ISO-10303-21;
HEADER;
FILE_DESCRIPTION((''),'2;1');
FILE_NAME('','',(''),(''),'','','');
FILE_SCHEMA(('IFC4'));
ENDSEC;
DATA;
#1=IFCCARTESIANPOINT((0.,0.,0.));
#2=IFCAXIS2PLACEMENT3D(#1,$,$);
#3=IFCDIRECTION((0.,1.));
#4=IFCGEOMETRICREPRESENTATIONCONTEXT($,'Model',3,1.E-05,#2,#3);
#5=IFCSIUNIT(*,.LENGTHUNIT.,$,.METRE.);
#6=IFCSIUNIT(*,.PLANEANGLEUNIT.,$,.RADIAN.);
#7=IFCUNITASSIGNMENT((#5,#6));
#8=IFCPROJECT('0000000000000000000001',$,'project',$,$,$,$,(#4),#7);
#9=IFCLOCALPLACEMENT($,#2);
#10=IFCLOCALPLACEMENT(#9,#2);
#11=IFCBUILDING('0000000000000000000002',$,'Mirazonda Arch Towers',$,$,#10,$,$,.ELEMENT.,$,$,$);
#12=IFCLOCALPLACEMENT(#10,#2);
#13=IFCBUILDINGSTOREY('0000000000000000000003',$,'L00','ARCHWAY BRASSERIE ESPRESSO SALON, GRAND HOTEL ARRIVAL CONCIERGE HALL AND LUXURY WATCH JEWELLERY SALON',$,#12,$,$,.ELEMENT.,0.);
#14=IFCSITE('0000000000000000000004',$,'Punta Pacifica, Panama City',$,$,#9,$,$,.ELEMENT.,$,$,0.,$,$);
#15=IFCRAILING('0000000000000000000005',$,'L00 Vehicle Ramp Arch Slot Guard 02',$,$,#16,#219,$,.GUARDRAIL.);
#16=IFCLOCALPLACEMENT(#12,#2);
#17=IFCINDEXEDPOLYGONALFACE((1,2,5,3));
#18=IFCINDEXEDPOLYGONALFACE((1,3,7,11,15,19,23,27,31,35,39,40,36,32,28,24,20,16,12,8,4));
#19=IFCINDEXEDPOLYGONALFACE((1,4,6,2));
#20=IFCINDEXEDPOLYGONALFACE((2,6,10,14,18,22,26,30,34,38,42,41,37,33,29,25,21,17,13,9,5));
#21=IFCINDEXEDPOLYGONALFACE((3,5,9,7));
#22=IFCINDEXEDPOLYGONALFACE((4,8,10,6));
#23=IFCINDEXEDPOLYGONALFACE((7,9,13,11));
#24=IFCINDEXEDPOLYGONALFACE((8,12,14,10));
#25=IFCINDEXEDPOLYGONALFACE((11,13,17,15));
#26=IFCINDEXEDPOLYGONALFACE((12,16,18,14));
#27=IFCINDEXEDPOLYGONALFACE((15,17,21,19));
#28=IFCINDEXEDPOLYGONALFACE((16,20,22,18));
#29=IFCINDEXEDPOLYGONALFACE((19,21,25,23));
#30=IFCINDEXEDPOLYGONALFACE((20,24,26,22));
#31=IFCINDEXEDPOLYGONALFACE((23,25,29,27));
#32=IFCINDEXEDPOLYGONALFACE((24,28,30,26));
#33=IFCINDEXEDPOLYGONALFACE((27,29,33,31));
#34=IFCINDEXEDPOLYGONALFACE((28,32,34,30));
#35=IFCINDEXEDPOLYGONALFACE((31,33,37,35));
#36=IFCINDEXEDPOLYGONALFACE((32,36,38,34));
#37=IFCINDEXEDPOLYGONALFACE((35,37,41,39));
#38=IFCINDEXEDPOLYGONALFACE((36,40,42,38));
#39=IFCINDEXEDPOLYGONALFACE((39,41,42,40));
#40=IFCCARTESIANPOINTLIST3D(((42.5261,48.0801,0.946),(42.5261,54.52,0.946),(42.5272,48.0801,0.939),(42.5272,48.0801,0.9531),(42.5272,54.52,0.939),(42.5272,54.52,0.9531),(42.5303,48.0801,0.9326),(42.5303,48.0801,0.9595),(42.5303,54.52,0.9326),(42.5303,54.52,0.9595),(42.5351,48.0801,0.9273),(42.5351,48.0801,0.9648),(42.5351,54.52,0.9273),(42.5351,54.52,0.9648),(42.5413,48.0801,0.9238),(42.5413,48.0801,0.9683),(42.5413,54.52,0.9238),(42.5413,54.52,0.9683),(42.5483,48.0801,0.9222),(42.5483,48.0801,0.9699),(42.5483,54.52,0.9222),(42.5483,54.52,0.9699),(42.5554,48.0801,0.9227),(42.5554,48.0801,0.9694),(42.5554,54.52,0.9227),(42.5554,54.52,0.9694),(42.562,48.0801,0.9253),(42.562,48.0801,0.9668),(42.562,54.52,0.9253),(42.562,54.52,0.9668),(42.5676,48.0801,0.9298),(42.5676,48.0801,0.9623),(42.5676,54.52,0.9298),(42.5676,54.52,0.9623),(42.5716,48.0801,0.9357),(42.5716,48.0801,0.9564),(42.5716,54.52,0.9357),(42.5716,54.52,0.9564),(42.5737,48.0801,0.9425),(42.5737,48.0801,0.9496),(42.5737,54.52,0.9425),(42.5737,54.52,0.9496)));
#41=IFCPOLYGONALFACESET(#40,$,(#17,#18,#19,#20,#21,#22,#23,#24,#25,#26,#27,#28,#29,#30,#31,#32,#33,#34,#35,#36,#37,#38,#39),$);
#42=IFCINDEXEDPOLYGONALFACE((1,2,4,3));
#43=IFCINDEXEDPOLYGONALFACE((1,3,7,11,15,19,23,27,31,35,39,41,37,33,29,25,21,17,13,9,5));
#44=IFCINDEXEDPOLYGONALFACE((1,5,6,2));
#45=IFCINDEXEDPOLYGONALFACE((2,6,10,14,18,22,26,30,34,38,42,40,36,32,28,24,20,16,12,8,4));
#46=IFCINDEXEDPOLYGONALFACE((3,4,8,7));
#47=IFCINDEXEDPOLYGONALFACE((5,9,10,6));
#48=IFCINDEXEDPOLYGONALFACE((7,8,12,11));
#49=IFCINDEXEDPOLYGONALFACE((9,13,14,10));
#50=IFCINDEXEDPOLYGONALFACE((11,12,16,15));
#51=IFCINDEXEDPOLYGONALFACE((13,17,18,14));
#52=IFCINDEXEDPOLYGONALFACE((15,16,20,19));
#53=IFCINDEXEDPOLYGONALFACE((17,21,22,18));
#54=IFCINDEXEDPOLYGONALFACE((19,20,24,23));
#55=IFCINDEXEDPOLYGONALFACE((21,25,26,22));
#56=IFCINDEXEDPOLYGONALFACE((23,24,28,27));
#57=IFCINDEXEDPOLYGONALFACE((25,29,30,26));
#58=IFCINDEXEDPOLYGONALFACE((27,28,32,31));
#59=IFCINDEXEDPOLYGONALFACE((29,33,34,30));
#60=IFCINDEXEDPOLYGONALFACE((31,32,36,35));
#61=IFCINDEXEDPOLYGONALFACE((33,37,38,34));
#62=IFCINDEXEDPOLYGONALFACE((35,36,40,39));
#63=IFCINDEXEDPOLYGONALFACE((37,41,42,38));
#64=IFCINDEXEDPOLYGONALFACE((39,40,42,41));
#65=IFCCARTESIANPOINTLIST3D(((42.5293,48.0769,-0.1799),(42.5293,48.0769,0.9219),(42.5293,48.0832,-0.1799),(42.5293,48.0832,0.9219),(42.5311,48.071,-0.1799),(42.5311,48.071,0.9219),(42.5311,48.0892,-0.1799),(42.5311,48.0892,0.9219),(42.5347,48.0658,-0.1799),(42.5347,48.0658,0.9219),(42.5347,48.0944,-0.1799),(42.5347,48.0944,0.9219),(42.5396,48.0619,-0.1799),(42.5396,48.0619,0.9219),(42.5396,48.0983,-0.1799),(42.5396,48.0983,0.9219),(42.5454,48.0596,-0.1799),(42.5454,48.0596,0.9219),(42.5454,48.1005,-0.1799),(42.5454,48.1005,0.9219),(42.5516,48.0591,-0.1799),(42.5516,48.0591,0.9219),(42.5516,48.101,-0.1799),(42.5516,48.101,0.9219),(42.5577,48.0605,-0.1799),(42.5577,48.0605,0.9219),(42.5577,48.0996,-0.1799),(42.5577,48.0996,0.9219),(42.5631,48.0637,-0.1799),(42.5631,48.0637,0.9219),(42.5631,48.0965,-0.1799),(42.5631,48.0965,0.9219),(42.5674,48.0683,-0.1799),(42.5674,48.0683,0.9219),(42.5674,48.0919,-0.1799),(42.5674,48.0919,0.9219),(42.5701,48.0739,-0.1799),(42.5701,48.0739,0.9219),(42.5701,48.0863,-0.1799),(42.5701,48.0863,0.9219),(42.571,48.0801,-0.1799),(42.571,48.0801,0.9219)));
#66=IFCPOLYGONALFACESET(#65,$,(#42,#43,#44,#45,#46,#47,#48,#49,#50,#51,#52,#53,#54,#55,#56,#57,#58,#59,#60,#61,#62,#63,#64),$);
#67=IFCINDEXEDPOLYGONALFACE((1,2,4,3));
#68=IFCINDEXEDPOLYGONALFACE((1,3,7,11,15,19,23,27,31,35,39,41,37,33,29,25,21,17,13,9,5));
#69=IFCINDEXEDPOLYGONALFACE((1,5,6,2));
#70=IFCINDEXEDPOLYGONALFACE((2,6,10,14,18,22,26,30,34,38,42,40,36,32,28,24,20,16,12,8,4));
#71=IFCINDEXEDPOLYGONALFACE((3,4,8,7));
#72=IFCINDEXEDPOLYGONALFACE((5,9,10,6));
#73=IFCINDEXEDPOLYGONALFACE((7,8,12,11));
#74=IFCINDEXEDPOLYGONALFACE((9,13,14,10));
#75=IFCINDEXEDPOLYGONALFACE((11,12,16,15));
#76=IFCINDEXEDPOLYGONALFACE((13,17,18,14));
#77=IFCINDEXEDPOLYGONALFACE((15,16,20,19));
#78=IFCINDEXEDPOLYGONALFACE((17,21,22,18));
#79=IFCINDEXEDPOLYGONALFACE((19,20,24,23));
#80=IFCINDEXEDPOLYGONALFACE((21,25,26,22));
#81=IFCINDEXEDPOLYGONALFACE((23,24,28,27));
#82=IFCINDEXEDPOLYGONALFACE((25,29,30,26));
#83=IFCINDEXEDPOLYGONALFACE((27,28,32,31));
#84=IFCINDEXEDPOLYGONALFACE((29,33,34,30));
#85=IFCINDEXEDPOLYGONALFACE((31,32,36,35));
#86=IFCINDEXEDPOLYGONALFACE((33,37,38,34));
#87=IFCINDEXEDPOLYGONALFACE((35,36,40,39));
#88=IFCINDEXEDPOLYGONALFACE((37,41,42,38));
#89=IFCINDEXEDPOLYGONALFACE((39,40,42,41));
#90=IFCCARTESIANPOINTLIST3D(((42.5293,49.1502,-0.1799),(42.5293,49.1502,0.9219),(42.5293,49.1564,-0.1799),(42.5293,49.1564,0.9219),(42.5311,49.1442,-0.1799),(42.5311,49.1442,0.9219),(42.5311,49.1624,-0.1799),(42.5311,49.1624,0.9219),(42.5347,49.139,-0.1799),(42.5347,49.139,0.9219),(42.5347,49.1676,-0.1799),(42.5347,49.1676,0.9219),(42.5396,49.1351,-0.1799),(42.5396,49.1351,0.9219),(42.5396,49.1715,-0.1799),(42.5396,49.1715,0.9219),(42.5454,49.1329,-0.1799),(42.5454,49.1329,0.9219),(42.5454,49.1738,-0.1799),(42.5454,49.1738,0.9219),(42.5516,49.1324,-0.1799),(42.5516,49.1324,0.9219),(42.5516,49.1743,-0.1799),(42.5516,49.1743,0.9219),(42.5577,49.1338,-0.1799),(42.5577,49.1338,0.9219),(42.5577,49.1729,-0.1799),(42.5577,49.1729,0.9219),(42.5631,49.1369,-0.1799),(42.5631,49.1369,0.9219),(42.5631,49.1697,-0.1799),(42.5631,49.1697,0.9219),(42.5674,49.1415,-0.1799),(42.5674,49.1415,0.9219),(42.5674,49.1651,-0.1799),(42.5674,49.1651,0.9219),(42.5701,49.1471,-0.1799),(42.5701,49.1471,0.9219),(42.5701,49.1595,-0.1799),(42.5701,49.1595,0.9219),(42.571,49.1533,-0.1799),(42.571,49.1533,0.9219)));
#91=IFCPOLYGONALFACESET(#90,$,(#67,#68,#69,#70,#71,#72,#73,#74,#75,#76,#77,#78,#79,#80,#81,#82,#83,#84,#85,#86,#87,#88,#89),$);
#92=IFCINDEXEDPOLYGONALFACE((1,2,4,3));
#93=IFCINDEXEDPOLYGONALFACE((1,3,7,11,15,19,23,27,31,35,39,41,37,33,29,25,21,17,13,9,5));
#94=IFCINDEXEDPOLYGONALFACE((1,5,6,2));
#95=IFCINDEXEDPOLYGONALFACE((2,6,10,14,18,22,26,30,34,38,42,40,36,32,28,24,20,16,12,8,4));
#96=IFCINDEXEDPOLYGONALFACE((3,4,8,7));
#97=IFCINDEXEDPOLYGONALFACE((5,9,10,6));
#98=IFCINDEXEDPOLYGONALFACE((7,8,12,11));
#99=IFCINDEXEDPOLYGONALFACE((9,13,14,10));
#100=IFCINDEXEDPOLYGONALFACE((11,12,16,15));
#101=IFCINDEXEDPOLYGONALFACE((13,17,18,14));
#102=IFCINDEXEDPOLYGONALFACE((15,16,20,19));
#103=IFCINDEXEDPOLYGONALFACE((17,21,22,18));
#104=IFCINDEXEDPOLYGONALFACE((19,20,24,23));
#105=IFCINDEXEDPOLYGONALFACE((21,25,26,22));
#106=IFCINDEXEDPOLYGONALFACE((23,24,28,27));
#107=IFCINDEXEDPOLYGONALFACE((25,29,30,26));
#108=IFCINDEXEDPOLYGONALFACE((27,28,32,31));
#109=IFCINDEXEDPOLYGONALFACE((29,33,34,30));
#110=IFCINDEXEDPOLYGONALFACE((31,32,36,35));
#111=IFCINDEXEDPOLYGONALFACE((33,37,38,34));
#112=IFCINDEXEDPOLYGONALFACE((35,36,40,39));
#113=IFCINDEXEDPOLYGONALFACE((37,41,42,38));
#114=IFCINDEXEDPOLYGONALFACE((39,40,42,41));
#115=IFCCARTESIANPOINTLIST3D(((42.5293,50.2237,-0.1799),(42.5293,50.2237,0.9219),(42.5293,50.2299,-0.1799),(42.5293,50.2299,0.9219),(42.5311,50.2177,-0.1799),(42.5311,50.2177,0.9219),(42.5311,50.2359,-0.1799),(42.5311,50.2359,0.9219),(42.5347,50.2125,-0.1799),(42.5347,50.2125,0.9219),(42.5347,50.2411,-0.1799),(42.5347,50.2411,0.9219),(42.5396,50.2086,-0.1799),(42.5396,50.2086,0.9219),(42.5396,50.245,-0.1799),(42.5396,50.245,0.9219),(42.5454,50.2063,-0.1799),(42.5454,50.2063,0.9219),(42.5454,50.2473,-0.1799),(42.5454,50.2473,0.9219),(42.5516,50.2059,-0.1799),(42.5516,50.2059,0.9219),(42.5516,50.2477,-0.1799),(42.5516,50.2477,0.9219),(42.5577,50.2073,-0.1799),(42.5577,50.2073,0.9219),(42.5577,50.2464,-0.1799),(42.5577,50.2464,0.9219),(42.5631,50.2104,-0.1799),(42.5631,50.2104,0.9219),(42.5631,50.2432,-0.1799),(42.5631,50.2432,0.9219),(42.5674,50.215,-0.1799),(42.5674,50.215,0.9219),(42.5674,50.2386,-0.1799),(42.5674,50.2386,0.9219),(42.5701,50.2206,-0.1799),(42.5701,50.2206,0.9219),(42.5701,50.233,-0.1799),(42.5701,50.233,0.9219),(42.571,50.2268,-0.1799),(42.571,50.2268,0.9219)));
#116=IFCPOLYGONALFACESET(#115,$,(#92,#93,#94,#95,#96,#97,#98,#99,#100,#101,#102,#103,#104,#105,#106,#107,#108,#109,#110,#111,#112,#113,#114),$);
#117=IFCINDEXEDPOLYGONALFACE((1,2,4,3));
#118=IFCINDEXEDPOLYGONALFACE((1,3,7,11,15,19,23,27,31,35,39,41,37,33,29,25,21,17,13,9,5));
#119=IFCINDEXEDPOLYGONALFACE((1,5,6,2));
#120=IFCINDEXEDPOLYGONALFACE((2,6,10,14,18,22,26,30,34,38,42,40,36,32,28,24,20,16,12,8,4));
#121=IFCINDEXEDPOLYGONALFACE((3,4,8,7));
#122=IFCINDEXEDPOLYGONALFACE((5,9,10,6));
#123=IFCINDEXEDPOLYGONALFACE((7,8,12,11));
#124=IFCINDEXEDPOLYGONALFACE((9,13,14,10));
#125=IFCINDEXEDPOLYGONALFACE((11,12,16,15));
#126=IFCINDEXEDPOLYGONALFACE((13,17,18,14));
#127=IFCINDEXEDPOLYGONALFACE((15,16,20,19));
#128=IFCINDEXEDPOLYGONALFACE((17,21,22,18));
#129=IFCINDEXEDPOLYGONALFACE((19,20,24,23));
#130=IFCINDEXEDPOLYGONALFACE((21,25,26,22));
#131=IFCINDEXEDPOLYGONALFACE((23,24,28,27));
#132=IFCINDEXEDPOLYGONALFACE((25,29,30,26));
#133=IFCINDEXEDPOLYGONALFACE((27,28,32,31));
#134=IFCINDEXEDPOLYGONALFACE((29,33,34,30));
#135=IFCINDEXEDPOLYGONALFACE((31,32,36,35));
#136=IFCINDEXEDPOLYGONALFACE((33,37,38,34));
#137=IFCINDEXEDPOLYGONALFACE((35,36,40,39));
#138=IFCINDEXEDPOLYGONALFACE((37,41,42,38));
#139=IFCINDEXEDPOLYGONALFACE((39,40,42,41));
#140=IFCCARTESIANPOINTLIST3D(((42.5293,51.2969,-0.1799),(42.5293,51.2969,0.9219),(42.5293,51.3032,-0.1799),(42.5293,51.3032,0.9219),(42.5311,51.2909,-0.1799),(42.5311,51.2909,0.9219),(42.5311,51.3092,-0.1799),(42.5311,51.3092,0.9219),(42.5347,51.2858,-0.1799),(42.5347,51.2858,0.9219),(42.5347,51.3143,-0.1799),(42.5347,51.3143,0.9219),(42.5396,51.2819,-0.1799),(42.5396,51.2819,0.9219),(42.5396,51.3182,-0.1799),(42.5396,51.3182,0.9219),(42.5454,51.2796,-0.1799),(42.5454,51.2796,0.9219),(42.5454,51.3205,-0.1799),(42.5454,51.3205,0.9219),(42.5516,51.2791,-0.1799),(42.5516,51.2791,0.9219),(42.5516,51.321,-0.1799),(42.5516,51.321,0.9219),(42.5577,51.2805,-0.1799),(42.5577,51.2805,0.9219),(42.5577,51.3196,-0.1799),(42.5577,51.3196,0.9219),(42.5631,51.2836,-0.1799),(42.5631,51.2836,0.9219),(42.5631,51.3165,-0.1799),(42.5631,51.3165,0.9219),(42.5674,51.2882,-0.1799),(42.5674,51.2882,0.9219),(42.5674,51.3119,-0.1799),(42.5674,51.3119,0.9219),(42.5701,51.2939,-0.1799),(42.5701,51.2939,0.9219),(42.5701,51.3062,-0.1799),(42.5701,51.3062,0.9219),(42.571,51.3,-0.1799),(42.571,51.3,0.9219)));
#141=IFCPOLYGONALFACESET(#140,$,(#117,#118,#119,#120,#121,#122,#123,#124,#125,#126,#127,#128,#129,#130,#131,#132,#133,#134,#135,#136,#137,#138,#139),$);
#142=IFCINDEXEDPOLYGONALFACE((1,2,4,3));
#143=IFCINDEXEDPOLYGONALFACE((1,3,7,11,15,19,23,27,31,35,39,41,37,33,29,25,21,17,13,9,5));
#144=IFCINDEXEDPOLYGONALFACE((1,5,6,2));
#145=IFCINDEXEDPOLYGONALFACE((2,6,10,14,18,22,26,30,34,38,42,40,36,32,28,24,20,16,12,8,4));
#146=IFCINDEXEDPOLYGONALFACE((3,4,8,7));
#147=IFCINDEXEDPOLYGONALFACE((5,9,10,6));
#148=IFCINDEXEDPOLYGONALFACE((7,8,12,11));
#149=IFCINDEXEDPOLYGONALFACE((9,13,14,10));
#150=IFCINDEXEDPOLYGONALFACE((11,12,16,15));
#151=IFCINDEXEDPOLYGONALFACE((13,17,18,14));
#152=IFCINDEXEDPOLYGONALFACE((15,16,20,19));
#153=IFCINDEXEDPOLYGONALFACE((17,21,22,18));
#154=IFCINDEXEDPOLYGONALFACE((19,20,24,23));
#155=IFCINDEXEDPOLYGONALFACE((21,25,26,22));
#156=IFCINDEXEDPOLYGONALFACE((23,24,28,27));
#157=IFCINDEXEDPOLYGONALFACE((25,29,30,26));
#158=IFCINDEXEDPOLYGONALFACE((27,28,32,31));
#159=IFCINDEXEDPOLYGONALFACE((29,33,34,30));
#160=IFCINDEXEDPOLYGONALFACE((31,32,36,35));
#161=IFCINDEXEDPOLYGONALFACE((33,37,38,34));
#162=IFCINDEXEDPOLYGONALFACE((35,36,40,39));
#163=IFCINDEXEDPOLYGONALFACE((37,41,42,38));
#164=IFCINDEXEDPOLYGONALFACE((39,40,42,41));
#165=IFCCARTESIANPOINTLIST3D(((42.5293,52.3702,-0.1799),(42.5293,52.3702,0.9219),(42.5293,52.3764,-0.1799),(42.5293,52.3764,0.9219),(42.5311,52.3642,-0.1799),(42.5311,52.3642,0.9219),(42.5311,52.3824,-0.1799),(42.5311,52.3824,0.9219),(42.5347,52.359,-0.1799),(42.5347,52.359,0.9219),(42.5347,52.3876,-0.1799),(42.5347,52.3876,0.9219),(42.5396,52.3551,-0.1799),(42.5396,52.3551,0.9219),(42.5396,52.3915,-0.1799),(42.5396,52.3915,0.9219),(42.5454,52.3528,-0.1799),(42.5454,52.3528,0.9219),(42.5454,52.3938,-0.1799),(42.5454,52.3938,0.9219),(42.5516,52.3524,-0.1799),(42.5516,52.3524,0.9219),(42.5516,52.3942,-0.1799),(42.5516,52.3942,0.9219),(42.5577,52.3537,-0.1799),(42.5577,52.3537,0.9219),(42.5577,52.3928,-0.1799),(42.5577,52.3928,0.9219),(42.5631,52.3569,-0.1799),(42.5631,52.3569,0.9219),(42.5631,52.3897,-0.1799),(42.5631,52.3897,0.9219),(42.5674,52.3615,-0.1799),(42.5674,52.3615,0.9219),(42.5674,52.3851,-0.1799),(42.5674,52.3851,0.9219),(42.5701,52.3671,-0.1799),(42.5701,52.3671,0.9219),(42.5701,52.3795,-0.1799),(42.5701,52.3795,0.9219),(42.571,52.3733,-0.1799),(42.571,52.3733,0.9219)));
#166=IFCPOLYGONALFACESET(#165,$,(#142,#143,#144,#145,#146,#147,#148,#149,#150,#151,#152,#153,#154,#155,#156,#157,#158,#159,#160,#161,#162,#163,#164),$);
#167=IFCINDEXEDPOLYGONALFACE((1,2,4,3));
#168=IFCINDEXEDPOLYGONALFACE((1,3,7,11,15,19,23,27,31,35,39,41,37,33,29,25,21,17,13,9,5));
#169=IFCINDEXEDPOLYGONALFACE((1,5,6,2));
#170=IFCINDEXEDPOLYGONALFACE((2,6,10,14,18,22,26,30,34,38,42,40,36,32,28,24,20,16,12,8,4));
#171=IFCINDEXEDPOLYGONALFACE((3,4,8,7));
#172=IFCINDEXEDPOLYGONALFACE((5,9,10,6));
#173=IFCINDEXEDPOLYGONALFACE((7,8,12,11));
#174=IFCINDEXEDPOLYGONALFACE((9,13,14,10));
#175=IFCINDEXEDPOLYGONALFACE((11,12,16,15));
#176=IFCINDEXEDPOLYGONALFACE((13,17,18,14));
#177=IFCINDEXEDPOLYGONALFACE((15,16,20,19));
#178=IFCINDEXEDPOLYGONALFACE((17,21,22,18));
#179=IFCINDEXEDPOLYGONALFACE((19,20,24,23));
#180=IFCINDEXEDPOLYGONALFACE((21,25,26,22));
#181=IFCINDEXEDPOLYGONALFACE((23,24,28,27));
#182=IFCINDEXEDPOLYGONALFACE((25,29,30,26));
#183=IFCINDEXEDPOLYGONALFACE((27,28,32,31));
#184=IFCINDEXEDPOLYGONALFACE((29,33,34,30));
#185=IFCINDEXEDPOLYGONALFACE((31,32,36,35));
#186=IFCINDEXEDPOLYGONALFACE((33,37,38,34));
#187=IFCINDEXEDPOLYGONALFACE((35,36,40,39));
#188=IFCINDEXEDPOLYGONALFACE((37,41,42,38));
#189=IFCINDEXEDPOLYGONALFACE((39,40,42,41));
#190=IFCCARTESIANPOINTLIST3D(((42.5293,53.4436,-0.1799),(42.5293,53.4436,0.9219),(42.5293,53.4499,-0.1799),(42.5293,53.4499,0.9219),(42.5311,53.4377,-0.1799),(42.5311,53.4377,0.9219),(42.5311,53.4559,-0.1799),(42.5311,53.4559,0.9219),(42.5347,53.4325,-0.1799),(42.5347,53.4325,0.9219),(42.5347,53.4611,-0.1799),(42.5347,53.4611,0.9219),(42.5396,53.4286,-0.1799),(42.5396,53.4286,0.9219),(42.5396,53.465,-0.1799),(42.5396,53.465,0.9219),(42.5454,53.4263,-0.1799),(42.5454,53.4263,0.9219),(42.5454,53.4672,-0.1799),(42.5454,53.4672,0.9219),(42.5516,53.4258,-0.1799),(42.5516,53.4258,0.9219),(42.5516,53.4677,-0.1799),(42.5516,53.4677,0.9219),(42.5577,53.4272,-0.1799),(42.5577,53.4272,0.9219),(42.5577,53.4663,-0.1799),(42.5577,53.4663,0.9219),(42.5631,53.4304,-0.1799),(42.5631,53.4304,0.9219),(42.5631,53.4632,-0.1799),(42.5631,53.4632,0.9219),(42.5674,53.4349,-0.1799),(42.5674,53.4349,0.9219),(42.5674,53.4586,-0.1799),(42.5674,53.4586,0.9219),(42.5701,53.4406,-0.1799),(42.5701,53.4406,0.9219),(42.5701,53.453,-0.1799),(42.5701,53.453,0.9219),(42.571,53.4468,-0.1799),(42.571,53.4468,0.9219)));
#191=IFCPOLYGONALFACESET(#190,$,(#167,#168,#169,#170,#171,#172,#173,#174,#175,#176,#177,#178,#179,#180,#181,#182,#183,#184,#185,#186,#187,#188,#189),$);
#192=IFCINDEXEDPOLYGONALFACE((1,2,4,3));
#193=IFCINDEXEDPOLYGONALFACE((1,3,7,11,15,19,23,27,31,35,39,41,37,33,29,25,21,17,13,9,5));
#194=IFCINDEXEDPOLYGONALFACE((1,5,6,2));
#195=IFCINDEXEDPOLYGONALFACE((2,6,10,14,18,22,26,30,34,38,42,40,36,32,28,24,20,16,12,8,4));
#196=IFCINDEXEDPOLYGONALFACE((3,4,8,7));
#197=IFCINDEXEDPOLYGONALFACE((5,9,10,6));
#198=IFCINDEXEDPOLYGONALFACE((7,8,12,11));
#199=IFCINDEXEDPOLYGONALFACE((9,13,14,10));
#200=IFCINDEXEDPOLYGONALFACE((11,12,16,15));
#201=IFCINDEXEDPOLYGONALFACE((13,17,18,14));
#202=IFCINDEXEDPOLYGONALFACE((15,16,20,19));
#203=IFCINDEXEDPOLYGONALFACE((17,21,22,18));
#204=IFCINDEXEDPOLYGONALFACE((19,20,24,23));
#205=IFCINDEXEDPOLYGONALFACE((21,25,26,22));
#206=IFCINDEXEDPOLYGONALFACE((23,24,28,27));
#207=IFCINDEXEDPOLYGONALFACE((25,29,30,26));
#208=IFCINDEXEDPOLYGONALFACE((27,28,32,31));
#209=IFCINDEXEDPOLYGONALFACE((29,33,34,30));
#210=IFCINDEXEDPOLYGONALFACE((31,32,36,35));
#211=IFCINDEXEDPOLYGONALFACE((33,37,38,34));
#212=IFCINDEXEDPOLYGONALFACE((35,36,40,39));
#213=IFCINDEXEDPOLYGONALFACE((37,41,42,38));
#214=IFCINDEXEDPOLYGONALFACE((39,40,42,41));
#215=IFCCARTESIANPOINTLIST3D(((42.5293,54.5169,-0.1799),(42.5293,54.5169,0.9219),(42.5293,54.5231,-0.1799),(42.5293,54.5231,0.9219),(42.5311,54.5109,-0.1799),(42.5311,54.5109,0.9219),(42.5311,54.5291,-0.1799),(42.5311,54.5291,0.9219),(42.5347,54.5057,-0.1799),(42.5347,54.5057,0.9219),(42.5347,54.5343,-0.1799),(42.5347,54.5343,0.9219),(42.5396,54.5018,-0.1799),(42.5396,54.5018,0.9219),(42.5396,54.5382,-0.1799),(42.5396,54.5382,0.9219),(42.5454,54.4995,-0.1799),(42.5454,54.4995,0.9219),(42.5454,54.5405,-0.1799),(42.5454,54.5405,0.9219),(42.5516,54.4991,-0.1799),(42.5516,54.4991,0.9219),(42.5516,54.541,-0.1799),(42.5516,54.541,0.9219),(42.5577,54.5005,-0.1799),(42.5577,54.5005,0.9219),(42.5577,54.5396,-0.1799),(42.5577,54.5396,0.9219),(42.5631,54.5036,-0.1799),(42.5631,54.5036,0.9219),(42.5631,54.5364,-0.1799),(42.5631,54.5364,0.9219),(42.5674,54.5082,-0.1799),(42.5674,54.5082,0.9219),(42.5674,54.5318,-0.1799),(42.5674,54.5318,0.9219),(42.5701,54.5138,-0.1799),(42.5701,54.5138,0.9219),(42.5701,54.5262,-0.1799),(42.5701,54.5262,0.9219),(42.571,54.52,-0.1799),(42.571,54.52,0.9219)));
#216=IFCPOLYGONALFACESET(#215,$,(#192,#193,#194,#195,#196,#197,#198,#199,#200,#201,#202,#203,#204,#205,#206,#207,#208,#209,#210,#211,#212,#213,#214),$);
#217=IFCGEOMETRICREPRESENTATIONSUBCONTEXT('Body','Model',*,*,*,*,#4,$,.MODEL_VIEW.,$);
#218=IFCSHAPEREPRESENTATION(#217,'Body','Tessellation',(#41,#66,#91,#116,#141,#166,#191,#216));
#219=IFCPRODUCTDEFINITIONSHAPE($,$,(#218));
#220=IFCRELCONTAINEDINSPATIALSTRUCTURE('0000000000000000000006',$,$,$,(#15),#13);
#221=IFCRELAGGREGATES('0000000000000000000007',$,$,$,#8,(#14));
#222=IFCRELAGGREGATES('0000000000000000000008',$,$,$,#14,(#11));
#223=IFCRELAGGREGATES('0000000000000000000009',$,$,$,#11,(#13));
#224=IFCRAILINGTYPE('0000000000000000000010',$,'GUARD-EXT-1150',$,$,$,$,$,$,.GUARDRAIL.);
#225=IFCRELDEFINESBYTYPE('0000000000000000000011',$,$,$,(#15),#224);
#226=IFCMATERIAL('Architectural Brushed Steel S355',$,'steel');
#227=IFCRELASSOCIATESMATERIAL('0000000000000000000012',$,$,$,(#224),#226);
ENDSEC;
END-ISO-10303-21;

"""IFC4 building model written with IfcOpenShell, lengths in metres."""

from ifc_helpers import new_model, si_unit, direction, frame, origin, origin_2d, place, context, subcontext, project, spatial, circle, extrude, material, type_object, element, save


model = new_model("IFC4")

# Units and contexts
model_context = context("Model", 3, precision=1e-05, world=origin(), true_north=direction((0.0, 1.0)))
body_context = subcontext(model_context, "Body", "Model", "MODEL_VIEW")
ifc_project = project(units=[si_unit("LENGTHUNIT", "METRE"), si_unit("PLANEANGLEUNIT", "RADIAN")], contexts=[model_context])

# Site, building, storey
site_placement = place(None, origin())
site = spatial("IfcSite", under=ifc_project, at=site_placement, Name="Punta Pacifica, Panama City", CompositionType="ELEMENT", RefElevation=0.0)
building_placement = place(site_placement, origin())
building = spatial("IfcBuilding", under=site, at=building_placement, Name="Mirazonda Arch Towers", CompositionType="ELEMENT")
storey_placement = place(building_placement, origin())
storey = spatial("IfcBuildingStorey", under=building, at=storey_placement, Name="L00", Description="ARCHWAY BRASSERIE ESPRESSO SALON, GRAND HOTEL ARRIVAL CONCIERGE HALL AND LUXURY WATCH JEWELLERY SALON", CompositionType="ELEMENT", Elevation=0.0)

# Railing
ifc_material_1 = material(Name="Architectural Brushed Steel S355", Category="steel")
railing_type_1 = type_object("IfcRailingType", Name="GUARD-EXT-1150", PredefinedType="GUARDRAIL", material=ifc_material_1)
railing_1_placement = place(storey_placement, frame((42.55, 48.0801, -0.1799)))
element("IfcRailing", 1, at=railing_1_placement, inside=storey, type_object=railing_type_1, Name="L00 Vehicle Ramp Arch Slot Guard 02", PredefinedType="GUARDRAIL", context=body_context, shape_type="SweptSolid", body=[
    extrude(circle(Radius=0.0239, at=origin_2d()), frame((0.0, 0.0, 1.126), z_axis=(0.0, 1.0, 0.0), x_axis=(-1.0, 0.0, 0.0)), (0.0, 0.0, 1.0), 6.4399),
    extrude(circle(Radius=0.021, at=origin_2d()), origin(), (0.0, 0.0, 1.0), 1.1018),
    extrude(circle(Radius=0.021, at=origin_2d()), frame((0.0, 1.0732, 0.0)), (0.0, 0.0, 1.0), 1.1018),
    extrude(circle(Radius=0.021, at=origin_2d()), frame((0.0, 2.1467, 0.0)), (0.0, 0.0, 1.0), 1.1018),
    extrude(circle(Radius=0.021, at=origin_2d()), frame((0.0, 3.22, 0.0)), (0.0, 0.0, 1.0), 1.1018),
    extrude(circle(Radius=0.021, at=origin_2d()), frame((0.0, 4.2932, 0.0)), (0.0, 0.0, 1.0), 1.1018),
    extrude(circle(Radius=0.021, at=origin_2d()), frame((0.0, 5.3667, 0.0)), (0.0, 0.0, 1.0), 1.1018),
    extrude(circle(Radius=0.021, at=origin_2d()), frame((0.0, 6.4399, 0.0)), (0.0, 0.0, 1.0), 1.1018),
])

save(model, "model.ifc")
